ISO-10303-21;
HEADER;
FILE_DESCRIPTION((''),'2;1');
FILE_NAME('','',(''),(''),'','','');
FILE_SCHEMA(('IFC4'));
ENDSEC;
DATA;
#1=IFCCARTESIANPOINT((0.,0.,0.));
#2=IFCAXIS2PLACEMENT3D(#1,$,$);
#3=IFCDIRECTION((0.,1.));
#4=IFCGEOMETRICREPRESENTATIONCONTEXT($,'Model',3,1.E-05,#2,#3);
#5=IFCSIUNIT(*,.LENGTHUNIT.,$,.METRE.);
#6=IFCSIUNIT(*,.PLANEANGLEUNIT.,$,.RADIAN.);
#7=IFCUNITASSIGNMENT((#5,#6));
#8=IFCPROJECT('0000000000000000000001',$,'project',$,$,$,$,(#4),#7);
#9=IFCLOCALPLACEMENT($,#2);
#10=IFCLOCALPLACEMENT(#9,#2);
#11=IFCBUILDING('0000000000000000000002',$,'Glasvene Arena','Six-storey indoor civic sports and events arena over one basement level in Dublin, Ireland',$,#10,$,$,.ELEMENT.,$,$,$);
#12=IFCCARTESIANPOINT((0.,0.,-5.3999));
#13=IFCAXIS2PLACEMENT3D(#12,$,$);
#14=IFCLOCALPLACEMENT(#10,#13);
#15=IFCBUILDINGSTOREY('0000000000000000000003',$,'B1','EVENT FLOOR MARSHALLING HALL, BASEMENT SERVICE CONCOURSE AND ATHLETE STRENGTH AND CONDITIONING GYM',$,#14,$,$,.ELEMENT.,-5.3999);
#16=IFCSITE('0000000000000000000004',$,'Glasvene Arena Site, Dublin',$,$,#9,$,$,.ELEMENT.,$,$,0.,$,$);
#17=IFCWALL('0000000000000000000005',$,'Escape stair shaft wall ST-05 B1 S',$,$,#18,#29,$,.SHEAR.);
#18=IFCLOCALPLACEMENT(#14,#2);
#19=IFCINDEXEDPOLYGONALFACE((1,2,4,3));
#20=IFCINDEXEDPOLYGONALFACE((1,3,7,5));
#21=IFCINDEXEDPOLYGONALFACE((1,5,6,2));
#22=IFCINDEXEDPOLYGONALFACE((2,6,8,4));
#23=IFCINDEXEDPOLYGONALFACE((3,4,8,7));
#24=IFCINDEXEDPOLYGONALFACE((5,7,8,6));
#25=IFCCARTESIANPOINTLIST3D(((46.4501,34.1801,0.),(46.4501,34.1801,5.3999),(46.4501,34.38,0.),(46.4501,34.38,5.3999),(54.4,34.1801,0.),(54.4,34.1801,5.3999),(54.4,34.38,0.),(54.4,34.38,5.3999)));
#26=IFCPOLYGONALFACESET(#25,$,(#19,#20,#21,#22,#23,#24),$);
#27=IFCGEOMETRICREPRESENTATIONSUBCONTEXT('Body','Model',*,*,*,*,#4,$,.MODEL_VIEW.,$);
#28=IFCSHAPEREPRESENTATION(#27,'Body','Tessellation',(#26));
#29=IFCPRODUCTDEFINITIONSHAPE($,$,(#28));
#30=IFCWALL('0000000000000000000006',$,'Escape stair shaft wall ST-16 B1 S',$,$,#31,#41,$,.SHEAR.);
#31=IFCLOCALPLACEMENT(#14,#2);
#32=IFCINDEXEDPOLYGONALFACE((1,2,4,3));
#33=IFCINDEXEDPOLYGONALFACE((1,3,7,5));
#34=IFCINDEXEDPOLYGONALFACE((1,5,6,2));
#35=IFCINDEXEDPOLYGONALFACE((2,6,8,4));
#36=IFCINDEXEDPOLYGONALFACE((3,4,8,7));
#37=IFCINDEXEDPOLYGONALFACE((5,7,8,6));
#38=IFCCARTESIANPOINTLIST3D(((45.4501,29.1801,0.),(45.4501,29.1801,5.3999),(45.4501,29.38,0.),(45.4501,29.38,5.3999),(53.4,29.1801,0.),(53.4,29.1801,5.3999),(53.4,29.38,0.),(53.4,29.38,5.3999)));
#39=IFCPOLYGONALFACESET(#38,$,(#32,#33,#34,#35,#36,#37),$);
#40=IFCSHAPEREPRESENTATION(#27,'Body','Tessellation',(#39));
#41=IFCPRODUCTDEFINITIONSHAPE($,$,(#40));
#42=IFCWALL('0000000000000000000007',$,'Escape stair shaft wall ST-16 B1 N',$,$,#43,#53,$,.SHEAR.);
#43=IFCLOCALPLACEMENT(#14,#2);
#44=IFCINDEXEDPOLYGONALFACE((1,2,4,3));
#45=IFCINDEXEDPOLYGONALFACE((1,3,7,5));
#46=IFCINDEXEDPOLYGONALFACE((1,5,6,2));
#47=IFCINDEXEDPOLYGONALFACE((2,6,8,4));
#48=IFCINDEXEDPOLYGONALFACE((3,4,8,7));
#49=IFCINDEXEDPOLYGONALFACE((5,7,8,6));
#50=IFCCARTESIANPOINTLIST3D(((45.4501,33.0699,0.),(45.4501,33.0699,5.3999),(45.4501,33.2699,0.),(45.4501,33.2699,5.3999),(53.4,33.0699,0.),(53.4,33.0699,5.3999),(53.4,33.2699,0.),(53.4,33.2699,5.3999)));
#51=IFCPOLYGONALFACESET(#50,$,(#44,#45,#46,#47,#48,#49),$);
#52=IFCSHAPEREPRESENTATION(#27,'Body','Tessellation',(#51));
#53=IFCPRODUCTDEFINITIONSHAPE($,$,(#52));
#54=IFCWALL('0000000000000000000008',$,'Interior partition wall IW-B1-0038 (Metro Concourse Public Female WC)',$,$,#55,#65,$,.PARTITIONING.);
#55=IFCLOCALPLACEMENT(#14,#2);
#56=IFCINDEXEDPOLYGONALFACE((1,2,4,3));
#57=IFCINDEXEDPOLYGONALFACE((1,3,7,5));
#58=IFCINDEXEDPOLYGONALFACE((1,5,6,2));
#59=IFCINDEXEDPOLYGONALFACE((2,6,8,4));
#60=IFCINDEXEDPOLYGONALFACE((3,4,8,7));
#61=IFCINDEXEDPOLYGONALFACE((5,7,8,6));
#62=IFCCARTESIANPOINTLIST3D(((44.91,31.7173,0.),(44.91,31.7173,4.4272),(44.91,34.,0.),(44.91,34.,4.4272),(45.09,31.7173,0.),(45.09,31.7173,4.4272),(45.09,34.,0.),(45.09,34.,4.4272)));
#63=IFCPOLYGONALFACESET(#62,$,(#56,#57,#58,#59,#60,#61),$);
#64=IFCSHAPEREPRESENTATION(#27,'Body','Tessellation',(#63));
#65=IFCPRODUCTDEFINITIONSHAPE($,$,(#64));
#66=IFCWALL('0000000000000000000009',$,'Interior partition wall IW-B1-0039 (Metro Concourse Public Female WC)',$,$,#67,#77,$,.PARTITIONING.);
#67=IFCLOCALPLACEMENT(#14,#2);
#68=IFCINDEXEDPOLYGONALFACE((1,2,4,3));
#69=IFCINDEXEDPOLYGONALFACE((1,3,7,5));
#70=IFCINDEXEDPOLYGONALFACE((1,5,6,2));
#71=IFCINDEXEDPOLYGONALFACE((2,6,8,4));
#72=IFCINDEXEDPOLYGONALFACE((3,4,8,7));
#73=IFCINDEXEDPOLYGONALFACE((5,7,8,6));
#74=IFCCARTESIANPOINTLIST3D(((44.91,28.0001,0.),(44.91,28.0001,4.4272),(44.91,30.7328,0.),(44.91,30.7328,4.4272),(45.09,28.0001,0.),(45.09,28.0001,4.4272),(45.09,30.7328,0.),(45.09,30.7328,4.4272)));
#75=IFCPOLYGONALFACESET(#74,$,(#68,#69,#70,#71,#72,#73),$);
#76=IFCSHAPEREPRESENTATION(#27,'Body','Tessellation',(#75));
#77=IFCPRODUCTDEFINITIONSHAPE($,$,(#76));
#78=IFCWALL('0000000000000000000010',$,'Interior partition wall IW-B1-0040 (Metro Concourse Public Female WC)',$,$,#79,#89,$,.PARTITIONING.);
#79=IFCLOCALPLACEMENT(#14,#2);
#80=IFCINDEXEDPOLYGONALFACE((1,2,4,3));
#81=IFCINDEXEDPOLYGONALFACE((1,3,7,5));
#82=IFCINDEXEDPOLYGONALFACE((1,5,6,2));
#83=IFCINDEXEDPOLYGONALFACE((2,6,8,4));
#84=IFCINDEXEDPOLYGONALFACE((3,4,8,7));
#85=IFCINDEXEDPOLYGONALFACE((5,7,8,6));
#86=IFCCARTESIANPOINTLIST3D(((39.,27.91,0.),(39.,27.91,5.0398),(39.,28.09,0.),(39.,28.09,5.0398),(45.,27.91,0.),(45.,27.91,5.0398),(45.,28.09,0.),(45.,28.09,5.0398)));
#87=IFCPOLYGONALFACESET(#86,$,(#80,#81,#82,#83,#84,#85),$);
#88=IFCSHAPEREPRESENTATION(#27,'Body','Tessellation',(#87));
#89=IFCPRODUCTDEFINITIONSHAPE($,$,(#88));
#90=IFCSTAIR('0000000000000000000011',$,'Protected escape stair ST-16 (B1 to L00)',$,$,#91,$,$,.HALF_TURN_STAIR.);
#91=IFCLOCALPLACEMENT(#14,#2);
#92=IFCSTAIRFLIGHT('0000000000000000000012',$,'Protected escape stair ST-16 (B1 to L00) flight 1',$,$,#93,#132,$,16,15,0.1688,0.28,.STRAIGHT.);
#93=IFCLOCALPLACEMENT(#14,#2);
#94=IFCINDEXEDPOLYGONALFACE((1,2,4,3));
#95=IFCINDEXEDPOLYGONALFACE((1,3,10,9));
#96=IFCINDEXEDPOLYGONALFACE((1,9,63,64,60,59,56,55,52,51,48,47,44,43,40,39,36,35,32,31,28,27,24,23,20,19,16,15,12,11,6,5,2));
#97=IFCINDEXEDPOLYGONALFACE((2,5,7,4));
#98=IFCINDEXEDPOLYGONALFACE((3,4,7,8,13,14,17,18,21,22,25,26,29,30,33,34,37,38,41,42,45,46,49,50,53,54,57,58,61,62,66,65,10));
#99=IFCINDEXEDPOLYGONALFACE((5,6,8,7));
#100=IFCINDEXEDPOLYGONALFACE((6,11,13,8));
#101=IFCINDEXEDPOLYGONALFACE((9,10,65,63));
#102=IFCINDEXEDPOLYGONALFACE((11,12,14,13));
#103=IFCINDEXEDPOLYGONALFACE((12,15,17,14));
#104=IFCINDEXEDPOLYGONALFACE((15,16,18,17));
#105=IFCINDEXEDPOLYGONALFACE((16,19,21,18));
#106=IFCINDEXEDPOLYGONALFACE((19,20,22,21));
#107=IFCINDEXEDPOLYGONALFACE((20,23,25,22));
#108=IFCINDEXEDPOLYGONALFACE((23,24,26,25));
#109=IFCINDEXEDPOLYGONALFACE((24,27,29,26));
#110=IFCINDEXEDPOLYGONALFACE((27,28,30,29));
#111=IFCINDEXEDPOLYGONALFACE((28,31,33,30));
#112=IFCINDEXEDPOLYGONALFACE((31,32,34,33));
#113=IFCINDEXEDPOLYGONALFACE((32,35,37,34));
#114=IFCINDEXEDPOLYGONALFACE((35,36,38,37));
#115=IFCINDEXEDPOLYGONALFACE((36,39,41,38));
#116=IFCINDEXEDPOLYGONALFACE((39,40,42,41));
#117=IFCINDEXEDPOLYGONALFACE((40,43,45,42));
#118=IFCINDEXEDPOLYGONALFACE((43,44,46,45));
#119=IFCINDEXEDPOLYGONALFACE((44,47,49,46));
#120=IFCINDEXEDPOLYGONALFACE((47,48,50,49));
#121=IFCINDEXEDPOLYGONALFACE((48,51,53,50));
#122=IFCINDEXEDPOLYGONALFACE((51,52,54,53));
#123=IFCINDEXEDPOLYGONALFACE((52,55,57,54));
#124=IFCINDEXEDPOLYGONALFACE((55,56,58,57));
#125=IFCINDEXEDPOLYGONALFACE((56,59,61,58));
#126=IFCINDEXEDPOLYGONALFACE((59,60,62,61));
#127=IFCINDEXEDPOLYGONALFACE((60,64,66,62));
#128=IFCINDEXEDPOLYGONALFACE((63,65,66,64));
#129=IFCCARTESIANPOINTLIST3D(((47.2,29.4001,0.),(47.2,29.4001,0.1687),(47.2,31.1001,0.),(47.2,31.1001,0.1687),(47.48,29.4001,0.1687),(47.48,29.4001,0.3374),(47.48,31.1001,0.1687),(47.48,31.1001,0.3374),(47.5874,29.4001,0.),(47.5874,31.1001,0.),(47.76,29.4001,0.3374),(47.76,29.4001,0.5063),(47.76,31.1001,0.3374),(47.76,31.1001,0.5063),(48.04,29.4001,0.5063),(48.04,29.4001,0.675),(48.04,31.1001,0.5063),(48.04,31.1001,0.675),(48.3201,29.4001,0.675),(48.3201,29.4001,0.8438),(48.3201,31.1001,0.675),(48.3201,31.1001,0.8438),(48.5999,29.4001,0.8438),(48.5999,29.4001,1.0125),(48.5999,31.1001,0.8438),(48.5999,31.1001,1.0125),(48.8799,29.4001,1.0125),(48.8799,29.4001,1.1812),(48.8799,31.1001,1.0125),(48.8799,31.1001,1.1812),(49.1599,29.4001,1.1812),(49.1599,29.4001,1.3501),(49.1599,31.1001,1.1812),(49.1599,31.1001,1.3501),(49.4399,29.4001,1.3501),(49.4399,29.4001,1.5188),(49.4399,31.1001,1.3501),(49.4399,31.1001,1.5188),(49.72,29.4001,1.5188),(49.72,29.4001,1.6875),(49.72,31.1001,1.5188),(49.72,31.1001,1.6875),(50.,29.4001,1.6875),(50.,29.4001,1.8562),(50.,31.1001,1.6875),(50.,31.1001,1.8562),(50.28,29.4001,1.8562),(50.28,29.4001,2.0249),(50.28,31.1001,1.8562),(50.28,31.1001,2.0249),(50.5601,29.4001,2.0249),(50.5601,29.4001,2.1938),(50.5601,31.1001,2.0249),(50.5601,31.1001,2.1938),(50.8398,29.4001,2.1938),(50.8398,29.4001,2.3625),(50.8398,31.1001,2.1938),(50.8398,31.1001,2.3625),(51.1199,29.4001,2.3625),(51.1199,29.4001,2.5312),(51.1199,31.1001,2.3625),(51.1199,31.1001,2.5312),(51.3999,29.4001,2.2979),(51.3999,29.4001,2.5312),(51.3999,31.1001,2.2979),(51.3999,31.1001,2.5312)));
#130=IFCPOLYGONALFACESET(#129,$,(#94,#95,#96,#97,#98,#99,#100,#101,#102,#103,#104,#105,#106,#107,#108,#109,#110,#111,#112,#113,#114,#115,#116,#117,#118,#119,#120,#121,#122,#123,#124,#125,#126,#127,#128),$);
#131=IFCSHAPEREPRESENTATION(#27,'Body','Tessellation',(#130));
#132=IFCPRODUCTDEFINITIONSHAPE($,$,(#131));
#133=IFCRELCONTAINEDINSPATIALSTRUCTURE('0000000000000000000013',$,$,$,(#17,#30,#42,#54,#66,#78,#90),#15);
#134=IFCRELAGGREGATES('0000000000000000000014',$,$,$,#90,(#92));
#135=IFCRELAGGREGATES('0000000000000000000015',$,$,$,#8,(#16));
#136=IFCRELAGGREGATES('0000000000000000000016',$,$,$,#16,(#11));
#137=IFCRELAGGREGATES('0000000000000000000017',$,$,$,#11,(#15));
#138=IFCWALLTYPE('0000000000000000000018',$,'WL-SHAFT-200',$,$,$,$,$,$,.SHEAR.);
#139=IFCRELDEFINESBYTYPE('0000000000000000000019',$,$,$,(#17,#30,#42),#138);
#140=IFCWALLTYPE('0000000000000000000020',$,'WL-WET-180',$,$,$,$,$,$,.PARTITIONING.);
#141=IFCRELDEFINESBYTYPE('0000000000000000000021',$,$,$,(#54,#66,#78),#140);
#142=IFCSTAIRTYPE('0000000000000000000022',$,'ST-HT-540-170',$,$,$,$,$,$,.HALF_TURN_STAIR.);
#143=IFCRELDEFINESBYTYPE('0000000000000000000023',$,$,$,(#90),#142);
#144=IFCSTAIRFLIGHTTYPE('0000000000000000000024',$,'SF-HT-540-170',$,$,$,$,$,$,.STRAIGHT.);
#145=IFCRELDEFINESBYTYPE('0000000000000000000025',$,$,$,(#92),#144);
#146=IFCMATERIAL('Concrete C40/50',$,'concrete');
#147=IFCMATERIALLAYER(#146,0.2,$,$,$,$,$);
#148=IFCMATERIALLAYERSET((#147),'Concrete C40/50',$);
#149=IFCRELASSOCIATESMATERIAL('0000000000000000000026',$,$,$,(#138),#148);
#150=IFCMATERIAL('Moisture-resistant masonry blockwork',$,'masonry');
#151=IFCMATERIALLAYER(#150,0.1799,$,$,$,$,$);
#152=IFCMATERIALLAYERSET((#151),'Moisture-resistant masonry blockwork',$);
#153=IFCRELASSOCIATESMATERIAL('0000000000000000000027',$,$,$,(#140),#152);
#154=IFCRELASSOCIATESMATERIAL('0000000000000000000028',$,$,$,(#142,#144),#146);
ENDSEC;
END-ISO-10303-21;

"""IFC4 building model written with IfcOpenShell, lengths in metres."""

from ifc_helpers import new_model, si_unit, direction, frame, frame_2d, origin, place, context, subcontext, project, spatial, polyline, rectangle, outline, extrude, material, layer, layer_set, type_object, element, aggregate, save


model = new_model("IFC4")

# Units and contexts
model_context = context("Model", 3, precision=1e-05, world=origin(), true_north=direction((0.0, 1.0)))
body_context = subcontext(model_context, "Body", "Model", "MODEL_VIEW")
ifc_project = project(units=[si_unit("LENGTHUNIT", "METRE"), si_unit("PLANEANGLEUNIT", "RADIAN")], contexts=[model_context])

# Site, building, storey
site_placement = place(None, origin())
site = spatial("IfcSite", under=ifc_project, at=site_placement, Name="Glasvene Arena Site, Dublin", CompositionType="ELEMENT", RefElevation=0.0)
building_placement = place(site_placement, origin())
building = spatial("IfcBuilding", under=site, at=building_placement, Name="Glasvene Arena", Description="Six-storey indoor civic sports and events arena over one basement level in Dublin, Ireland", CompositionType="ELEMENT")
storey_placement = place(building_placement, frame((0.0, 0.0, -5.3999)))
storey = spatial("IfcBuildingStorey", under=building, at=storey_placement, Name="B1", Description="EVENT FLOOR MARSHALLING HALL, BASEMENT SERVICE CONCOURSE AND ATHLETE STRENGTH AND CONDITIONING GYM", CompositionType="ELEMENT", Elevation=-5.3999)

# Shared definitions
ifc_material_1 = material(Name="Concrete C40/50", Category="concrete")

# Walls
ifc_layer_1 = layer(ifc_material_1, 0.2)
ifc_layer_set_1 = layer_set([ifc_layer_1], Name="Concrete C40/50")
wall_type_1 = type_object("IfcWallType", Name="WL-SHAFT-200", PredefinedType="SHEAR", material=ifc_layer_set_1)
for number, where, z_axis, x_axis, name in (
    (1, (46.45, 34.28, 0.0), (0.0, 0.0, 1.0), (1.0, 0.0, 0.0), "Escape stair shaft wall ST-05 B1 S"),
    (2, (45.45, 29.28, 0.0), (0.0, 0.0, 1.0), (1.0, 0.0, 0.0), "Escape stair shaft wall ST-16 B1 S"),
):
    element("IfcWall", number, at=place(storey_placement, frame(where, z_axis=z_axis, x_axis=x_axis)), inside=storey, type_object=wall_type_1, Name=name, PredefinedType="SHEAR", context=body_context, shape_type="SweptSolid", body=[
        extrude(rectangle(XDim=7.95, YDim=0.2, at=frame_2d((3.9751, 0.0))), origin(), (0.0, 0.0, 1.0), 5.3999),
    ])

# Walls
wall_1_placement = place(storey_placement, frame((45.45, 33.1699, 0.0), z_axis=(0.0, 0.0, 1.0), x_axis=(1.0, 0.0, 0.0)))
element("IfcWall", 3, at=wall_1_placement, inside=storey, type_object=wall_type_1, Name="Escape stair shaft wall ST-16 B1 N", PredefinedType="SHEAR", context=body_context, shape_type="SweptSolid", body=[
    extrude(rectangle(XDim=7.95, YDim=0.2, at=frame_2d((3.9751, 0.0))), origin(), (0.0, 0.0, 1.0), 5.3999),
])
ifc_material_2 = material(Name="Moisture-resistant masonry blockwork", Category="masonry")
ifc_layer_2 = layer(ifc_material_2, 0.1799)
ifc_layer_set_2 = layer_set([ifc_layer_2], Name="Moisture-resistant masonry blockwork")
wall_type_2 = type_object("IfcWallType", Name="WL-WET-180", PredefinedType="PARTITIONING", material=ifc_layer_set_2)
wall_2_placement = place(storey_placement, frame((45.0, 34.0, 0.0), z_axis=(0.0, 0.0, 1.0), x_axis=(0.0, -1.0, 0.0)))
element("IfcWall", 4, at=wall_2_placement, inside=storey, type_object=wall_type_2, Name="Interior partition wall IW-B1-0038 (Metro Concourse Public Female WC)", PredefinedType="PARTITIONING", context=body_context, shape_type="SweptSolid", body=[
    extrude(rectangle(XDim=2.2827, YDim=0.1799, at=frame_2d((1.1414, 0.0))), origin(), (0.0, 0.0, 1.0), 4.4272),
])
wall_3_placement = place(storey_placement, frame((45.0, 30.7327, 0.0), z_axis=(0.0, 0.0, 1.0), x_axis=(0.0, -1.0, 0.0)))
element("IfcWall", 5, at=wall_3_placement, inside=storey, type_object=wall_type_2, Name="Interior partition wall IW-B1-0039 (Metro Concourse Public Female WC)", PredefinedType="PARTITIONING", context=body_context, shape_type="SweptSolid", body=[
    extrude(rectangle(XDim=2.7327, YDim=0.1799, at=frame_2d((1.3662, 0.0))), origin(), (0.0, 0.0, 1.0), 4.4272),
])
wall_4_placement = place(storey_placement, frame((45.0, 28.0, 0.0), z_axis=(0.0, 0.0, 1.0), x_axis=(-1.0, 0.0, 0.0)))
element("IfcWall", 6, at=wall_4_placement, inside=storey, type_object=wall_type_2, Name="Interior partition wall IW-B1-0040 (Metro Concourse Public Female WC)", PredefinedType="PARTITIONING", context=body_context, shape_type="SweptSolid", body=[
    extrude(rectangle(XDim=6.0, YDim=0.1799, at=frame_2d((3.0, 0.0))), origin(), (0.0, 0.0, 1.0), 5.0398),
])

# Stair, stair flight
stair_type = type_object("IfcStairType", Name="ST-HT-540-170", PredefinedType="HALF_TURN_STAIR", material=ifc_material_1)
stair_placement = place(storey_placement, origin())
stair = element("IfcStair", 7, at=stair_placement, inside=storey, type_object=stair_type, Name="Protected escape stair ST-16 (B1 to L00)", PredefinedType="HALF_TURN_STAIR")
stair_flight_type = type_object("IfcStairFlightType", Name="SF-HT-540-170", PredefinedType="STRAIGHT", material=ifc_material_1)
stair_flight_placement = place(storey_placement, frame((47.2, 30.25, 0.0), z_axis=(0.0, 0.0, 1.0), x_axis=(1.0, 0.0, 0.0)))
stair_flight = element("IfcStairFlight", 8, at=stair_flight_placement, type_object=stair_flight_type, Name="Protected escape stair ST-16 (B1 to L00) flight 1", NumberOfRisers=16, NumberOfTreads=15, PredefinedType="STRAIGHT", RiserHeight=0.1688, TreadLength=0.28, context=body_context, shape_type="SweptSolid", body=[
    extrude(outline(polyline([(0.0, 0.0), (0.0, 0.1687), (0.28, 0.1687), (0.28, 0.3374), (0.5601, 0.3374), (0.5601, 0.5063), (0.8401, 0.5063), (0.8401, 0.675), (1.1201, 0.675), (1.1201, 0.8438), (1.3999, 0.8438), (1.3999, 1.0125), (1.6799, 1.0125), (1.6799, 1.1812), (1.96, 1.1812), (1.96, 1.3501), (2.24, 1.3501), (2.24, 1.5188), (2.52, 1.5188), (2.52, 1.6875), (2.8, 1.6875), (2.8, 1.8562), (3.0801, 1.8562), (3.0801, 2.0249), (3.3601, 2.0249), (3.3601, 2.1938), (3.6399, 2.1938), (3.6399, 2.3625), (3.9199, 2.3625), (3.9199, 2.5312), (4.2, 2.5312), (4.2, 2.7), (4.2, 2.2979), (0.3875, 0.0), (0.0, 0.0)])), frame((0.0, 0.8501, 0.0), z_axis=(0.0, -1.0, 0.0), x_axis=(1.0, 0.0, 0.0)), (0.0, 0.0, 1.0), 1.7),
])
aggregate(stair, [stair_flight])

save(model, "model.ifc")
